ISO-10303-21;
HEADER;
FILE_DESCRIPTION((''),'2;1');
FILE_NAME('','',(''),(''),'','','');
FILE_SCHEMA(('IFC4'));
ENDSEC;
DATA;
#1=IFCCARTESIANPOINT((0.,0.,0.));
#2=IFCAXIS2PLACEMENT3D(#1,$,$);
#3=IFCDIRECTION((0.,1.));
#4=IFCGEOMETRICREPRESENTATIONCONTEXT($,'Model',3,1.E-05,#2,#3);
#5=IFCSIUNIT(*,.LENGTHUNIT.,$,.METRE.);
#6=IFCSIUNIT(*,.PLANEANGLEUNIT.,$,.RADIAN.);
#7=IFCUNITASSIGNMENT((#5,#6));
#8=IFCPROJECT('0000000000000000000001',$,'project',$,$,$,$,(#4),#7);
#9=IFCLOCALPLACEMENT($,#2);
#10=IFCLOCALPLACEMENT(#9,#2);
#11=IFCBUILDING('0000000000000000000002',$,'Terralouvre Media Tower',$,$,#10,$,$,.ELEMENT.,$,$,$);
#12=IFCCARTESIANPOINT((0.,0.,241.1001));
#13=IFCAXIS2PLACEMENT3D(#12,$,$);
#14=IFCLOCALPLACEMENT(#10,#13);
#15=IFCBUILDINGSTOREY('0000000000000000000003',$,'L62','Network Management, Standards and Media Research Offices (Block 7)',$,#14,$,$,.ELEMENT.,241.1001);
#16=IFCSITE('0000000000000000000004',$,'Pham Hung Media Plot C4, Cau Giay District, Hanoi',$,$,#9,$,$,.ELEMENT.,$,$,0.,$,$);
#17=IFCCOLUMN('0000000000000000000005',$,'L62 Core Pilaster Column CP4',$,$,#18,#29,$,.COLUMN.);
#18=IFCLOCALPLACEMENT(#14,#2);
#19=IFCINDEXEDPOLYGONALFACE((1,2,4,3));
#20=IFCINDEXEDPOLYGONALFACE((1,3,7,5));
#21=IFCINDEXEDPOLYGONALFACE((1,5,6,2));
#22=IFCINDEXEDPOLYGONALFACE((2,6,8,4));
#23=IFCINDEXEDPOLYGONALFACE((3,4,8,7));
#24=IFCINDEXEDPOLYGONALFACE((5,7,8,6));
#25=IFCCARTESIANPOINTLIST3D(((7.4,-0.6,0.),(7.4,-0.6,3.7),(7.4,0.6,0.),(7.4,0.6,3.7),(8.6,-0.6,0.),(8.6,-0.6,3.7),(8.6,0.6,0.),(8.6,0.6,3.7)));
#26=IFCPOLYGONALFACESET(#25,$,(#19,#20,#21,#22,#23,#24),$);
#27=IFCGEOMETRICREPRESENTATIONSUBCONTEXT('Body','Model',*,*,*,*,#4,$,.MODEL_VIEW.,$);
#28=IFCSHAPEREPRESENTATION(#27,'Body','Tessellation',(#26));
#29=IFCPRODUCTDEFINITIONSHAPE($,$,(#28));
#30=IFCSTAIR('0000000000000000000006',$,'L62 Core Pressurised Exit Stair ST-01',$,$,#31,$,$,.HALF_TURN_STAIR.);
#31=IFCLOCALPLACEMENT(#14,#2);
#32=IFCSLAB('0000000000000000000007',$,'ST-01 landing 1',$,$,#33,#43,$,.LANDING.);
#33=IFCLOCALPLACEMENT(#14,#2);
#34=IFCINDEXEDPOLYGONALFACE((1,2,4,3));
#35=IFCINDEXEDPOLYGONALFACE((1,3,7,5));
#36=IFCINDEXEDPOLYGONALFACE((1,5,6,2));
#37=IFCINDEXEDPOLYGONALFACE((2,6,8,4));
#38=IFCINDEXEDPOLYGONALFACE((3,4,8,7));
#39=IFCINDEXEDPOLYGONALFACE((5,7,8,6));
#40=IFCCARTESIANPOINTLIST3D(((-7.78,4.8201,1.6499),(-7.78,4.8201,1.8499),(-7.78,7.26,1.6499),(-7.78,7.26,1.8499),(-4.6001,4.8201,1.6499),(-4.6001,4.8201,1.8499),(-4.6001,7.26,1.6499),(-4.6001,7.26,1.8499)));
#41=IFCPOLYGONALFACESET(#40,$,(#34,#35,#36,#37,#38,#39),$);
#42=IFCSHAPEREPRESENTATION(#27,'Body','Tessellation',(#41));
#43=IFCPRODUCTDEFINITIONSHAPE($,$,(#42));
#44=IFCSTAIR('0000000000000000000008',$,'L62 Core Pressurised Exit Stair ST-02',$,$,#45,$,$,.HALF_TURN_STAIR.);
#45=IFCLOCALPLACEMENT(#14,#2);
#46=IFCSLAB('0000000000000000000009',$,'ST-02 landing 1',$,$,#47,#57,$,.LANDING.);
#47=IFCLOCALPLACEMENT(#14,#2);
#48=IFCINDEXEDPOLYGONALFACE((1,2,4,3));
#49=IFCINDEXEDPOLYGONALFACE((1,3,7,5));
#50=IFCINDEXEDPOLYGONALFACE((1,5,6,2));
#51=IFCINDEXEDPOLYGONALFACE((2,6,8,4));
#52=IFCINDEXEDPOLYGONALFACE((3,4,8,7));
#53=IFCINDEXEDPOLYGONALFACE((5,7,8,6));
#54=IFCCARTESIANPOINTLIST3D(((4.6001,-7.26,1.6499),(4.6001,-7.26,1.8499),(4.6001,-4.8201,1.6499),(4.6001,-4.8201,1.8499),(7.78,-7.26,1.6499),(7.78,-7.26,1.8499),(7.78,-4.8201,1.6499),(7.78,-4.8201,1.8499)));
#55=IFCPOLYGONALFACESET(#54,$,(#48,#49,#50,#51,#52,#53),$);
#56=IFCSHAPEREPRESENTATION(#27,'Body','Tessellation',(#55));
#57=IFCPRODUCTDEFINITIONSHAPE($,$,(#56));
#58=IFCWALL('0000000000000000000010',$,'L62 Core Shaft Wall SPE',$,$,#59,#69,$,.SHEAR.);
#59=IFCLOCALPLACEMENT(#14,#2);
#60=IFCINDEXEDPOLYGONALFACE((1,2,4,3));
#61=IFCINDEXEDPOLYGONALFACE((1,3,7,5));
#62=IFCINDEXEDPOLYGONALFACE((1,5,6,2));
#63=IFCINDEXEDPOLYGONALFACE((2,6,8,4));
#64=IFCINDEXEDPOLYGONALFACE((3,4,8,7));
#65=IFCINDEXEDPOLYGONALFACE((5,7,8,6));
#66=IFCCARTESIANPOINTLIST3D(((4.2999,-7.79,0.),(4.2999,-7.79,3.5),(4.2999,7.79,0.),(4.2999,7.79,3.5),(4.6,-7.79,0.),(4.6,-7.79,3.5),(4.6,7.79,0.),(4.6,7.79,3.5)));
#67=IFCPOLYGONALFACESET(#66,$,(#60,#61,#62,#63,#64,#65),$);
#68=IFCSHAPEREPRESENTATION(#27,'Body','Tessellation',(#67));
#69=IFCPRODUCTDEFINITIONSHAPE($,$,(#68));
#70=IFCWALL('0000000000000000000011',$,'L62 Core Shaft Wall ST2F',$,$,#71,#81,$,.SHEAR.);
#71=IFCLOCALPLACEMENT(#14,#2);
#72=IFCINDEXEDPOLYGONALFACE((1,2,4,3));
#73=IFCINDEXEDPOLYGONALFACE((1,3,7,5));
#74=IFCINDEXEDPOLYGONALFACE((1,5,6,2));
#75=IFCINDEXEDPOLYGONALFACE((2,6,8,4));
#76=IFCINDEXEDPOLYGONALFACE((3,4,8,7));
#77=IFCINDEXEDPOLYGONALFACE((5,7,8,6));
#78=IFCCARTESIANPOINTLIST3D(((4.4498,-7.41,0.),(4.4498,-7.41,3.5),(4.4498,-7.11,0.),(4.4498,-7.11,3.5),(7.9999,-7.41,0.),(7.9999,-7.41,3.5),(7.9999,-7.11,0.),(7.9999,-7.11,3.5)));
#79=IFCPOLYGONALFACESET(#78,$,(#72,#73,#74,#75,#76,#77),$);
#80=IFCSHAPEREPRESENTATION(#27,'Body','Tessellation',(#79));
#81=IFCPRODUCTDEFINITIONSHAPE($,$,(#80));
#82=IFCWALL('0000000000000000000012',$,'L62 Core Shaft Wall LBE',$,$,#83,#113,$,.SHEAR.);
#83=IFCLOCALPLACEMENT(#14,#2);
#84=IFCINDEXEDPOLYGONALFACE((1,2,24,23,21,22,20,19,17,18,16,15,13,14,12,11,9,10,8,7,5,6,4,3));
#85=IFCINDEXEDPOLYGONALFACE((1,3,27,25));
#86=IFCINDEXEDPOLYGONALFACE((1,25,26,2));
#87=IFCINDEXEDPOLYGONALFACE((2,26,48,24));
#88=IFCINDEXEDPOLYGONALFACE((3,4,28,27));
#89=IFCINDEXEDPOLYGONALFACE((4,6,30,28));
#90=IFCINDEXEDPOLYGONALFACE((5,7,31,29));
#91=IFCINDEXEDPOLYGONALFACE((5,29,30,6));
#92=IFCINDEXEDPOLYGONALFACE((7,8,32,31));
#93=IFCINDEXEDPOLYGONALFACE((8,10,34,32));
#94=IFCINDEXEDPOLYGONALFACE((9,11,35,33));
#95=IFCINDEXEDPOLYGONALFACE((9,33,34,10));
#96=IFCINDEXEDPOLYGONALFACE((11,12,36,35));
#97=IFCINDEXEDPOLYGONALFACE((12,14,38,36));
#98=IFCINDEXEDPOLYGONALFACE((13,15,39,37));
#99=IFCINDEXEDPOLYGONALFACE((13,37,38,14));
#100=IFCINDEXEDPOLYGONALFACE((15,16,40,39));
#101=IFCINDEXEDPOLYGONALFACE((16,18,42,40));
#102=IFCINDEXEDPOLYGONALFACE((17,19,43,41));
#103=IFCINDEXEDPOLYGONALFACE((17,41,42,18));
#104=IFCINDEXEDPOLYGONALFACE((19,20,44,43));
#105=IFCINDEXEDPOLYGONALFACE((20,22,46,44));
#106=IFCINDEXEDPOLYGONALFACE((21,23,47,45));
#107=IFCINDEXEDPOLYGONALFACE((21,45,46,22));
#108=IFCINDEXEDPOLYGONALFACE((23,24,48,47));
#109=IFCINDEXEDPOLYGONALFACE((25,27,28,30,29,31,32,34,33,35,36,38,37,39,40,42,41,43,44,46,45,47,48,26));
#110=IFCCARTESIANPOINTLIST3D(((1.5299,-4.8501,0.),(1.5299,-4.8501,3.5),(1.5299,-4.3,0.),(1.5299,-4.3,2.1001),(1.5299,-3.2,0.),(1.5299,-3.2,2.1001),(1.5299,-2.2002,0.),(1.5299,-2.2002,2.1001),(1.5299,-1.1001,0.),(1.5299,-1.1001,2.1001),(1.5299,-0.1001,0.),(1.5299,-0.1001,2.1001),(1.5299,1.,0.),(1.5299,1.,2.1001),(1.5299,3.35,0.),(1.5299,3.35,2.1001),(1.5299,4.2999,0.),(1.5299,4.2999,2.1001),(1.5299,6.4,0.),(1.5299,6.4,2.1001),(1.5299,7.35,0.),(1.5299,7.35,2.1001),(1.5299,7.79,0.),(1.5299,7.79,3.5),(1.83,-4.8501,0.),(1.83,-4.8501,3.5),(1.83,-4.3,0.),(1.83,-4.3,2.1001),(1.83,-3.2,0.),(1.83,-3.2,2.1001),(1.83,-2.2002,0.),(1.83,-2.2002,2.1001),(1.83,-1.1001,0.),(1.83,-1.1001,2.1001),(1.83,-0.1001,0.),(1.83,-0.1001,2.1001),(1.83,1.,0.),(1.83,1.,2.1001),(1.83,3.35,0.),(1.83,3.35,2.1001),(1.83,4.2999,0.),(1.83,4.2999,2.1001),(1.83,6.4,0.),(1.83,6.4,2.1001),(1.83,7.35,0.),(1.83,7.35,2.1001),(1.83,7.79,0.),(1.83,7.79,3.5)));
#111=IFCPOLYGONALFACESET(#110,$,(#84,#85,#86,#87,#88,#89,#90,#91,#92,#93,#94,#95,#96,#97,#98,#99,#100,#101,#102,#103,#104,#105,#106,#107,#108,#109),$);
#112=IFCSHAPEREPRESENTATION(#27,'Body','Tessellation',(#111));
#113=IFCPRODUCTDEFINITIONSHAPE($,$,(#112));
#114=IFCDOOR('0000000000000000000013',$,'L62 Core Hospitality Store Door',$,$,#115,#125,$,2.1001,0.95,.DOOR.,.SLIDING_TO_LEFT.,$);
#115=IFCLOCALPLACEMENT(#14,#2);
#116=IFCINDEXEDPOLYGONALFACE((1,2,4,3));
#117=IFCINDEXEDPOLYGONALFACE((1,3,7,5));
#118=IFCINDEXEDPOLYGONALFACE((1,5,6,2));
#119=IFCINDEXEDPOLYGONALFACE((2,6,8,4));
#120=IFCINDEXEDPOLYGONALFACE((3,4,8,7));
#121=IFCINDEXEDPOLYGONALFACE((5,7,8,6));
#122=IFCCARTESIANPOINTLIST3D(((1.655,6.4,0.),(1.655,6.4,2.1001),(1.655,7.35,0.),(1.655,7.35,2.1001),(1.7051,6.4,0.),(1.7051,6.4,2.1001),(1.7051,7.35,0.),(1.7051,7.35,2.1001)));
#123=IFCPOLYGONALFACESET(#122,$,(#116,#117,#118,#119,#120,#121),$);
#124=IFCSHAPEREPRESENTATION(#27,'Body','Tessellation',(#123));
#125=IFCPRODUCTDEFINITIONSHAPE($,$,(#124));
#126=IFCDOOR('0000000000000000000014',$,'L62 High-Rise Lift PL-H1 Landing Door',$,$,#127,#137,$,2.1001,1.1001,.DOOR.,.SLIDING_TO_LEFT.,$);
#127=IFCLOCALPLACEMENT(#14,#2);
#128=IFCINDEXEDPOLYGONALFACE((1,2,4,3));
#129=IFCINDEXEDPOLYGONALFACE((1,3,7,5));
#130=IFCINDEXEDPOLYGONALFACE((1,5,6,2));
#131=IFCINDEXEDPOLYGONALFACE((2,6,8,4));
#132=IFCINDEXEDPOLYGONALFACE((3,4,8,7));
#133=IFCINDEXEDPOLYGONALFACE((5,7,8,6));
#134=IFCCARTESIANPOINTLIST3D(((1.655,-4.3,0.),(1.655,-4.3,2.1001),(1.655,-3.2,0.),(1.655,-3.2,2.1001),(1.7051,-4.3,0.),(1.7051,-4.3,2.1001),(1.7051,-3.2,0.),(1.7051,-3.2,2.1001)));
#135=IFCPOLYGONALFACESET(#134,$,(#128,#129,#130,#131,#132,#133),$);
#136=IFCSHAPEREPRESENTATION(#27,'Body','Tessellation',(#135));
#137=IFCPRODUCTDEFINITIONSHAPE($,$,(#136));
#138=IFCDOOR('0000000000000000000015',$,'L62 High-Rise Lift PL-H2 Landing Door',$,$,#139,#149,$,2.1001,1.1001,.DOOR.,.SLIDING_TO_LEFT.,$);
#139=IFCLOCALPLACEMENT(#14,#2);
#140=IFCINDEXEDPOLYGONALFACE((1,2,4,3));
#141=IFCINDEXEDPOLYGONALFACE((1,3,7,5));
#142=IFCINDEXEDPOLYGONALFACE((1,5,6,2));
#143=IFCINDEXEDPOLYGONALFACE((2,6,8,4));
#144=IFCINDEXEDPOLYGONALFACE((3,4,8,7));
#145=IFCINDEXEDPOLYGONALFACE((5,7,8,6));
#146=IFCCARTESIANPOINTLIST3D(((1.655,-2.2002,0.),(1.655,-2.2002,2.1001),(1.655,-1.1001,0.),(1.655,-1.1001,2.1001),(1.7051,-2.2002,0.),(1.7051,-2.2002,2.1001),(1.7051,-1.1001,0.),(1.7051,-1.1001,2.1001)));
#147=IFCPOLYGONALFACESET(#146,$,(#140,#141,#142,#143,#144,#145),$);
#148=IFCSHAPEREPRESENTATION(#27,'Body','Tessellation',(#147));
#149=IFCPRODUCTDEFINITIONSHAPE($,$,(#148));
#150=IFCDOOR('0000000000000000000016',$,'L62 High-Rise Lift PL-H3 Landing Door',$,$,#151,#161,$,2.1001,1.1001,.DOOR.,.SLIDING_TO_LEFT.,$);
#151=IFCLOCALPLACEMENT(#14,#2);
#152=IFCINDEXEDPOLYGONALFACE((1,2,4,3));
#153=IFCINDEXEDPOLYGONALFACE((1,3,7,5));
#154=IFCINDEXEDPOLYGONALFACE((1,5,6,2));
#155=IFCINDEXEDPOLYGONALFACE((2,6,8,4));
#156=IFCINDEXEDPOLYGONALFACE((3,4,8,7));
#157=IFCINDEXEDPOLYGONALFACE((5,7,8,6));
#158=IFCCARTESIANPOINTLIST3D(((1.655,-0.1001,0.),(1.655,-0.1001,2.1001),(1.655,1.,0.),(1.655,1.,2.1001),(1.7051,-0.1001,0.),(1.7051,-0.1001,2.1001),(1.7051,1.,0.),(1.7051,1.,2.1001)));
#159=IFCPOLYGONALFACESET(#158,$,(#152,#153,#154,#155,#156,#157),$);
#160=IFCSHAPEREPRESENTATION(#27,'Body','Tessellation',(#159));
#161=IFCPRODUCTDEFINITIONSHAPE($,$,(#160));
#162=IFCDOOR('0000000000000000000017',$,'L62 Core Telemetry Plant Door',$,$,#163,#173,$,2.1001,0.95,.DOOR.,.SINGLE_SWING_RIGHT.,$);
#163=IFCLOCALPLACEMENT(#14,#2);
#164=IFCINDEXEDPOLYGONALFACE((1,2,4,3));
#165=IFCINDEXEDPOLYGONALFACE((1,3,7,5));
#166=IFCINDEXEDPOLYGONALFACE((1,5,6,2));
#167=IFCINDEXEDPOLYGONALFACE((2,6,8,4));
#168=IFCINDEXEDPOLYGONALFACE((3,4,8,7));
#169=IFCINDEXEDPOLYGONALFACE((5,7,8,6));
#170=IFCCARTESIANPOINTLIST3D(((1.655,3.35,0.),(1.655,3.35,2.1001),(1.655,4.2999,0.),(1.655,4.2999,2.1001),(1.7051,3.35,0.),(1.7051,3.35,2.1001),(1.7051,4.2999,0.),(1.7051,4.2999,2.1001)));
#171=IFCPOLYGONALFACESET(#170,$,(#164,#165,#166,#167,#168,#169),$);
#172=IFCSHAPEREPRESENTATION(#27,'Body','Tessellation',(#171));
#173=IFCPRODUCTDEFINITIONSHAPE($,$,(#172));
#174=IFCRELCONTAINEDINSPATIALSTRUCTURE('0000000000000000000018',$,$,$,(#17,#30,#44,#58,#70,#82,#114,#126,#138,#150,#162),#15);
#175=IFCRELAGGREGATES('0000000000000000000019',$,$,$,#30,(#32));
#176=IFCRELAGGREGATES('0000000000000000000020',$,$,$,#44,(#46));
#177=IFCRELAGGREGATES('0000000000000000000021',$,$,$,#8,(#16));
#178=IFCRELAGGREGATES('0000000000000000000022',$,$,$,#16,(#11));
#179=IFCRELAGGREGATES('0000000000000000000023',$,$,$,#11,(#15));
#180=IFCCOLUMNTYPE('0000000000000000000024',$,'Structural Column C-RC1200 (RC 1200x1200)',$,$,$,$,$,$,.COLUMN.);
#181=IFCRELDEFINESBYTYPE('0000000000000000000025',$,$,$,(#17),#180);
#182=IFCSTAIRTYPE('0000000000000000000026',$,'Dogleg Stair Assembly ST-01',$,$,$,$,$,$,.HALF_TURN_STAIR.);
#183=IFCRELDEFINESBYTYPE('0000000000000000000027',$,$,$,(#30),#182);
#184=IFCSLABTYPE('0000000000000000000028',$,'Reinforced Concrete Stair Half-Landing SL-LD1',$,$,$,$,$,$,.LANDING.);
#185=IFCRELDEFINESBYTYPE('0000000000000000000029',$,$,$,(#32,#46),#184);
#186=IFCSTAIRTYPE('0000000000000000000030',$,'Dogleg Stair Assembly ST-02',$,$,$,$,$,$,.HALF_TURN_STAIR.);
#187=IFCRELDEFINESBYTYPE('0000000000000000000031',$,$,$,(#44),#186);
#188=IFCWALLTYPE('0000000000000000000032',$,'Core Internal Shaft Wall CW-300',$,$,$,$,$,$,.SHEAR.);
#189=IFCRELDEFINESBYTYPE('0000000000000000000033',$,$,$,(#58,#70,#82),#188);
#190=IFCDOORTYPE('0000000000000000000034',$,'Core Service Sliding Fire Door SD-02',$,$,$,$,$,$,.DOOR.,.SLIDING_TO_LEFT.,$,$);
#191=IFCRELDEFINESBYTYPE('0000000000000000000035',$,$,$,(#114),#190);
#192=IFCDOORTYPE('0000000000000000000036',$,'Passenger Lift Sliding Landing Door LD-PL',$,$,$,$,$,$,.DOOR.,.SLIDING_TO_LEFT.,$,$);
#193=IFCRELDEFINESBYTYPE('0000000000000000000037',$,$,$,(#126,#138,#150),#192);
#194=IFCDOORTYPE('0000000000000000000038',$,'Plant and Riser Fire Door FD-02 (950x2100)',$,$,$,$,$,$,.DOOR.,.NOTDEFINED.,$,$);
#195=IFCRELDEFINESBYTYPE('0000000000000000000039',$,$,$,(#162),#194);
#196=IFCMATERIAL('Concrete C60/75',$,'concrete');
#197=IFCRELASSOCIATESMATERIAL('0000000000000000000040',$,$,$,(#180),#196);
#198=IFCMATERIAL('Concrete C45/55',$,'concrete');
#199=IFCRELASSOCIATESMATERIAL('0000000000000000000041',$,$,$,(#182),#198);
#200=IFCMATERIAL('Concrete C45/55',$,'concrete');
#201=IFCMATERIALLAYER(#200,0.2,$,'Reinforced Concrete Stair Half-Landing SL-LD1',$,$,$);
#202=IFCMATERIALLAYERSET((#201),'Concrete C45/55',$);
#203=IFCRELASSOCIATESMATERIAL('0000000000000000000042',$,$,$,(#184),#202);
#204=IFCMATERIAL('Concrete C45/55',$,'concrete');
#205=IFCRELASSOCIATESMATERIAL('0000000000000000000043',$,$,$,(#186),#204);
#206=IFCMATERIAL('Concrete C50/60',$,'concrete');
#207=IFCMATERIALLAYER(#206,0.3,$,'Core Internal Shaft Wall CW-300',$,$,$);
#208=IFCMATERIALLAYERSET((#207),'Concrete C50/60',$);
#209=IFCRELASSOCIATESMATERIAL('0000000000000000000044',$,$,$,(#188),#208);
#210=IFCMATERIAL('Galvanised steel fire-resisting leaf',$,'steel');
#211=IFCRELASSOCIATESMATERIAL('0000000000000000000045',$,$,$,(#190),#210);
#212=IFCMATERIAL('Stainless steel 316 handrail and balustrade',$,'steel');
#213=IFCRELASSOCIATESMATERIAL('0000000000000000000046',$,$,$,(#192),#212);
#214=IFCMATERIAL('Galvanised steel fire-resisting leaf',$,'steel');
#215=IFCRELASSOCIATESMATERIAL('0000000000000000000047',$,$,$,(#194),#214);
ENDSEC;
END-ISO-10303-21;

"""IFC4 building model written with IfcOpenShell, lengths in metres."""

from ifc_helpers import new_model, si_unit, direction, frame, frame_2d, origin, origin_2d, place, context, subcontext, project, spatial, polyline, rectangle, outline, extrude, material, layer, layer_set, material_profile, profile_set, type_object, element, fill, aggregate, save


model = new_model("IFC4")

# Units and contexts
model_context = context("Model", 3, precision=1e-05, world=origin(), true_north=direction((0.0, 1.0)))
body_context = subcontext(model_context, "Body", "Model", "MODEL_VIEW")
ifc_project = project(units=[si_unit("LENGTHUNIT", "METRE"), si_unit("PLANEANGLEUNIT", "RADIAN")], contexts=[model_context])

# Site, building, storey
site_placement = place(None, origin())
site = spatial("IfcSite", under=ifc_project, at=site_placement, Name="Pham Hung Media Plot C4, Cau Giay District, Hanoi", CompositionType="ELEMENT", RefElevation=0.0)
building_placement = place(site_placement, origin())
building = spatial("IfcBuilding", under=site, at=building_placement, Name="Terralouvre Media Tower", CompositionType="ELEMENT")
storey_placement = place(building_placement, frame((0.0, 0.0, 241.1001)))
storey = spatial("IfcBuildingStorey", under=building, at=storey_placement, Name="L62", Description="Network Management, Standards and Media Research Offices (Block 7)", CompositionType="ELEMENT", Elevation=241.1001)

# Column
ifc_material_1 = material(Name="Concrete C60/75", Category="concrete")
ifc_material_profile = material_profile(ifc_material_1, rectangle(XDim=1.2, YDim=1.2, at=origin_2d()), Name="RC 1200x1200")
ifc_profile_set = profile_set([ifc_material_profile], Name="Concrete C60/75")
column_type = type_object("IfcColumnType", Name="Structural Column C-RC1200 (RC 1200x1200)", PredefinedType="COLUMN", material=ifc_profile_set)
column_placement = place(storey_placement, frame((8.0, 0.0, 0.0), z_axis=(0.0, 0.0, 1.0), x_axis=(1.0, 0.0, 0.0)))
element("IfcColumn", 1, at=column_placement, inside=storey, type_object=column_type, Name="L62 Core Pilaster Column CP4", PredefinedType="COLUMN", context=body_context, shape_type="SweptSolid", body=[
    extrude(rectangle(XDim=1.2, YDim=1.2, at=origin_2d()), origin(), (0.0, 0.0, 1.0), 3.7),
])

# Stairs, slabs
ifc_material_2 = material(Name="Concrete C45/55", Category="concrete")
stair_type_1 = type_object("IfcStairType", Name="Dogleg Stair Assembly ST-01", PredefinedType="HALF_TURN_STAIR", material=ifc_material_2)
stair_1_placement = place(storey_placement, origin())
stair_1 = element("IfcStair", 2, at=stair_1_placement, inside=storey, type_object=stair_type_1, Name="L62 Core Pressurised Exit Stair ST-01", PredefinedType="HALF_TURN_STAIR")
ifc_material_3 = material(Name="Concrete C45/55", Category="concrete")
ifc_layer_1 = layer(ifc_material_3, 0.2, Name="Reinforced Concrete Stair Half-Landing SL-LD1")
ifc_layer_set_1 = layer_set([ifc_layer_1], Name="Concrete C45/55")
slab_type = type_object("IfcSlabType", Name="Reinforced Concrete Stair Half-Landing SL-LD1", PredefinedType="LANDING", material=ifc_layer_set_1)
slab_1_placement = place(storey_placement, frame((0.0, 0.0, 1.6499)))
slab_1 = element("IfcSlab", 3, at=slab_1_placement, type_object=slab_type, Name="ST-01 landing 1", PredefinedType="LANDING", context=body_context, shape_type="SweptSolid", body=[
    extrude(outline(polyline([(-4.6001, 4.8201), (-4.6001, 7.26), (-7.78, 7.26), (-7.78, 4.8201), (-4.6001, 4.8201)])), origin(), (0.0, 0.0, 1.0), 0.2),
])
aggregate(stair_1, [slab_1])
ifc_material_4 = material(Name="Concrete C45/55", Category="concrete")
stair_type_2 = type_object("IfcStairType", Name="Dogleg Stair Assembly ST-02", PredefinedType="HALF_TURN_STAIR", material=ifc_material_4)
stair_2_placement = place(storey_placement, origin())
stair_2 = element("IfcStair", 4, at=stair_2_placement, inside=storey, type_object=stair_type_2, Name="L62 Core Pressurised Exit Stair ST-02", PredefinedType="HALF_TURN_STAIR")
slab_2_placement = place(storey_placement, frame((0.0, 0.0, 1.6499)))
slab_2 = element("IfcSlab", 5, at=slab_2_placement, type_object=slab_type, Name="ST-02 landing 1", PredefinedType="LANDING", context=body_context, shape_type="SweptSolid", body=[
    extrude(outline(polyline([(4.6001, -4.8201), (4.6001, -7.26), (7.78, -7.26), (7.78, -4.8201), (4.6001, -4.8201)])), origin(), (0.0, 0.0, 1.0), 0.2),
])

# Wall
ifc_material_5 = material(Name="Concrete C50/60", Category="concrete")
ifc_layer_2 = layer(ifc_material_5, 0.3, Name="Core Internal Shaft Wall CW-300")
ifc_layer_set_2 = layer_set([ifc_layer_2], Name="Concrete C50/60")
wall_type_1 = type_object("IfcWallType", Name="Core Internal Shaft Wall CW-300", PredefinedType="SHEAR", material=ifc_layer_set_2)
wall_1_placement = place(storey_placement, frame((4.45, -7.79, 0.0), z_axis=(0.0, 0.0, 1.0), x_axis=(0.0, 1.0, 0.0)))
element("IfcWall", 6, at=wall_1_placement, inside=storey, type_object=wall_type_1, Name="L62 Core Shaft Wall SPE", PredefinedType="SHEAR", context=body_context, shape_type="SweptSolid", body=[
    extrude(rectangle(XDim=15.5801, YDim=0.3, at=frame_2d((7.79, 0.0))), origin(), (0.0, 0.0, 1.0), 3.5),
])

# Wall
wall_2_placement = place(storey_placement, frame((4.45, -7.26, 0.0), z_axis=(0.0, 0.0, 1.0), x_axis=(1.0, 0.0, 0.0)))
element("IfcWall", 7, at=wall_2_placement, inside=storey, type_object=wall_type_1, Name="L62 Core Shaft Wall ST2F", PredefinedType="SHEAR", context=body_context, shape_type="SweptSolid", body=[
    extrude(rectangle(XDim=3.55, YDim=0.3, at=frame_2d((1.7749, 0.0))), origin(), (0.0, 0.0, 1.0), 3.5),
])

# Wall, openings, doors
wall_3_placement = place(storey_placement, frame((1.6799, -4.8501, 0.0), z_axis=(0.0, 0.0, 1.0), x_axis=(0.0, 1.0, 0.0)))
wall_3 = element("IfcWall", 8, at=wall_3_placement, inside=storey, type_object=wall_type_1, Name="L62 Core Shaft Wall LBE", PredefinedType="SHEAR", context=body_context, shape_type="SweptSolid", body=[
    extrude(rectangle(XDim=12.6401, YDim=0.3, at=frame_2d((6.3201, 0.0))), origin(), (0.0, 0.0, 1.0), 3.5),
])
opening_1_placement = place(wall_3_placement, frame((0.55, 0.0, 0.0)))
opening_1 = element("IfcOpeningElement", 9, at=opening_1_placement, cuts=wall_3, PredefinedType="OPENING", context=body_context, shape_type="SweptSolid", body=[
    extrude(rectangle(XDim=1.1001, YDim=2.1001, at=frame_2d((0.55, 1.05))), frame((0.0, 0.1599, 0.0), z_axis=(0.0, -1.0, 0.0), x_axis=(1.0, 0.0, 0.0)), (0.0, 0.0, 1.0), 0.3201),
])
opening_2_placement = place(wall_3_placement, frame((2.6499, 0.0, 0.0)))
opening_2 = element("IfcOpeningElement", 10, at=opening_2_placement, cuts=wall_3, PredefinedType="OPENING", context=body_context, shape_type="SweptSolid", body=[
    extrude(rectangle(XDim=1.1001, YDim=2.1001, at=frame_2d((0.55, 1.05))), frame((0.0, 0.1599, 0.0), z_axis=(0.0, -1.0, 0.0), x_axis=(1.0, 0.0, 0.0)), (0.0, 0.0, 1.0), 0.3201),
])
opening_3_placement = place(wall_3_placement, frame((4.75, 0.0, 0.0)))
opening_3 = element("IfcOpeningElement", 11, at=opening_3_placement, cuts=wall_3, PredefinedType="OPENING", context=body_context, shape_type="SweptSolid", body=[
    extrude(rectangle(XDim=1.1001, YDim=2.1001, at=frame_2d((0.55, 1.05))), frame((0.0, 0.1599, 0.0), z_axis=(0.0, -1.0, 0.0), x_axis=(1.0, 0.0, 0.0)), (0.0, 0.0, 1.0), 0.3201),
])
opening_4_placement = place(wall_3_placement, frame((8.2, 0.0, 0.0)))
opening_4 = element("IfcOpeningElement", 12, at=opening_4_placement, cuts=wall_3, PredefinedType="OPENING", context=body_context, shape_type="SweptSolid", body=[
    extrude(rectangle(XDim=0.95, YDim=2.1001, at=frame_2d((0.4751, 1.05))), frame((0.0, 0.1599, 0.0), z_axis=(0.0, -1.0, 0.0), x_axis=(1.0, 0.0, 0.0)), (0.0, 0.0, 1.0), 0.3201),
])
opening_5_placement = place(wall_3_placement, frame((11.25, 0.0, 0.0)))
opening_5 = element("IfcOpeningElement", 13, at=opening_5_placement, cuts=wall_3, PredefinedType="OPENING", context=body_context, shape_type="SweptSolid", body=[
    extrude(rectangle(XDim=0.95, YDim=2.1001, at=frame_2d((0.4751, 1.05))), frame((0.0, 0.1599, 0.0), z_axis=(0.0, -1.0, 0.0), x_axis=(1.0, 0.0, 0.0)), (0.0, 0.0, 1.0), 0.3201),
])
ifc_material_6 = material(Name="Galvanised steel fire-resisting leaf", Category="steel")
door_type_1 = type_object("IfcDoorType", Name="Core Service Sliding Fire Door SD-02", OperationType="SLIDING_TO_LEFT", PredefinedType="DOOR", material=ifc_material_6)
door_1_placement = place(opening_5_placement, origin())
door_1 = element("IfcDoor", 14, at=door_1_placement, inside=storey, type_object=door_type_1, Name="L62 Core Hospitality Store Door", OperationType="SLIDING_TO_LEFT", OverallHeight=2.1001, OverallWidth=0.95, PredefinedType="DOOR", context=body_context, shape_type="SweptSolid", body=[
    extrude(rectangle(XDim=0.95, YDim=2.1001, at=frame_2d((0.4751, 1.05))), frame((0.0, 0.0249, 0.0), z_axis=(0.0, -1.0, 0.0), x_axis=(1.0, 0.0, 0.0)), (0.0, 0.0, 1.0), 0.05),
])
fill(opening_5, door_1)
ifc_material_7 = material(Name="Stainless steel 316 handrail and balustrade", Category="steel")
door_type_2 = type_object("IfcDoorType", Name="Passenger Lift Sliding Landing Door LD-PL", OperationType="SLIDING_TO_LEFT", PredefinedType="DOOR", material=ifc_material_7)
door_2_placement = place(opening_1_placement, origin())
door_2 = element("IfcDoor", 15, at=door_2_placement, inside=storey, type_object=door_type_2, Name="L62 High-Rise Lift PL-H1 Landing Door", OperationType="SLIDING_TO_LEFT", OverallHeight=2.1001, OverallWidth=1.1001, PredefinedType="DOOR", context=body_context, shape_type="SweptSolid", body=[
    extrude(rectangle(XDim=1.1001, YDim=2.1001, at=frame_2d((0.55, 1.05))), frame((0.0, 0.0249, 0.0), z_axis=(0.0, -1.0, 0.0), x_axis=(1.0, 0.0, 0.0)), (0.0, 0.0, 1.0), 0.05),
])
fill(opening_1, door_2)
door_3_placement = place(opening_2_placement, origin())
door_3 = element("IfcDoor", 16, at=door_3_placement, inside=storey, type_object=door_type_2, Name="L62 High-Rise Lift PL-H2 Landing Door", OperationType="SLIDING_TO_LEFT", OverallHeight=2.1001, OverallWidth=1.1001, PredefinedType="DOOR", context=body_context, shape_type="SweptSolid", body=[
    extrude(rectangle(XDim=1.1001, YDim=2.1001, at=frame_2d((0.55, 1.05))), frame((0.0, 0.0249, 0.0), z_axis=(0.0, -1.0, 0.0), x_axis=(1.0, 0.0, 0.0)), (0.0, 0.0, 1.0), 0.05),
])
fill(opening_2, door_3)
door_4_placement = place(opening_3_placement, origin())
door_4 = element("IfcDoor", 17, at=door_4_placement, inside=storey, type_object=door_type_2, Name="L62 High-Rise Lift PL-H3 Landing Door", OperationType="SLIDING_TO_LEFT", OverallHeight=2.1001, OverallWidth=1.1001, PredefinedType="DOOR", context=body_context, shape_type="SweptSolid", body=[
    extrude(rectangle(XDim=1.1001, YDim=2.1001, at=frame_2d((0.55, 1.05))), frame((0.0, 0.0249, 0.0), z_axis=(0.0, -1.0, 0.0), x_axis=(1.0, 0.0, 0.0)), (0.0, 0.0, 1.0), 0.05),
])
fill(opening_3, door_4)
ifc_material_8 = material(Name="Galvanised steel fire-resisting leaf", Category="steel")
door_type_3 = type_object("IfcDoorType", Name="Plant and Riser Fire Door FD-02 (950x2100)", OperationType="NOTDEFINED", PredefinedType="DOOR", material=ifc_material_8)
door_5_placement = place(opening_4_placement, origin())
door_5 = element("IfcDoor", 18, at=door_5_placement, inside=storey, type_object=door_type_3, Name="L62 Core Telemetry Plant Door", OperationType="SINGLE_SWING_RIGHT", OverallHeight=2.1001, OverallWidth=0.95, PredefinedType="DOOR", context=body_context, shape_type="SweptSolid", body=[
    extrude(rectangle(XDim=0.95, YDim=2.1001, at=frame_2d((0.4751, 1.05))), frame((0.0, 0.0249, 0.0), z_axis=(0.0, -1.0, 0.0), x_axis=(1.0, 0.0, 0.0)), (0.0, 0.0, 1.0), 0.05),
])
fill(opening_4, door_5)

aggregate(stair_2, [slab_2])

save(model, "model.ifc")
